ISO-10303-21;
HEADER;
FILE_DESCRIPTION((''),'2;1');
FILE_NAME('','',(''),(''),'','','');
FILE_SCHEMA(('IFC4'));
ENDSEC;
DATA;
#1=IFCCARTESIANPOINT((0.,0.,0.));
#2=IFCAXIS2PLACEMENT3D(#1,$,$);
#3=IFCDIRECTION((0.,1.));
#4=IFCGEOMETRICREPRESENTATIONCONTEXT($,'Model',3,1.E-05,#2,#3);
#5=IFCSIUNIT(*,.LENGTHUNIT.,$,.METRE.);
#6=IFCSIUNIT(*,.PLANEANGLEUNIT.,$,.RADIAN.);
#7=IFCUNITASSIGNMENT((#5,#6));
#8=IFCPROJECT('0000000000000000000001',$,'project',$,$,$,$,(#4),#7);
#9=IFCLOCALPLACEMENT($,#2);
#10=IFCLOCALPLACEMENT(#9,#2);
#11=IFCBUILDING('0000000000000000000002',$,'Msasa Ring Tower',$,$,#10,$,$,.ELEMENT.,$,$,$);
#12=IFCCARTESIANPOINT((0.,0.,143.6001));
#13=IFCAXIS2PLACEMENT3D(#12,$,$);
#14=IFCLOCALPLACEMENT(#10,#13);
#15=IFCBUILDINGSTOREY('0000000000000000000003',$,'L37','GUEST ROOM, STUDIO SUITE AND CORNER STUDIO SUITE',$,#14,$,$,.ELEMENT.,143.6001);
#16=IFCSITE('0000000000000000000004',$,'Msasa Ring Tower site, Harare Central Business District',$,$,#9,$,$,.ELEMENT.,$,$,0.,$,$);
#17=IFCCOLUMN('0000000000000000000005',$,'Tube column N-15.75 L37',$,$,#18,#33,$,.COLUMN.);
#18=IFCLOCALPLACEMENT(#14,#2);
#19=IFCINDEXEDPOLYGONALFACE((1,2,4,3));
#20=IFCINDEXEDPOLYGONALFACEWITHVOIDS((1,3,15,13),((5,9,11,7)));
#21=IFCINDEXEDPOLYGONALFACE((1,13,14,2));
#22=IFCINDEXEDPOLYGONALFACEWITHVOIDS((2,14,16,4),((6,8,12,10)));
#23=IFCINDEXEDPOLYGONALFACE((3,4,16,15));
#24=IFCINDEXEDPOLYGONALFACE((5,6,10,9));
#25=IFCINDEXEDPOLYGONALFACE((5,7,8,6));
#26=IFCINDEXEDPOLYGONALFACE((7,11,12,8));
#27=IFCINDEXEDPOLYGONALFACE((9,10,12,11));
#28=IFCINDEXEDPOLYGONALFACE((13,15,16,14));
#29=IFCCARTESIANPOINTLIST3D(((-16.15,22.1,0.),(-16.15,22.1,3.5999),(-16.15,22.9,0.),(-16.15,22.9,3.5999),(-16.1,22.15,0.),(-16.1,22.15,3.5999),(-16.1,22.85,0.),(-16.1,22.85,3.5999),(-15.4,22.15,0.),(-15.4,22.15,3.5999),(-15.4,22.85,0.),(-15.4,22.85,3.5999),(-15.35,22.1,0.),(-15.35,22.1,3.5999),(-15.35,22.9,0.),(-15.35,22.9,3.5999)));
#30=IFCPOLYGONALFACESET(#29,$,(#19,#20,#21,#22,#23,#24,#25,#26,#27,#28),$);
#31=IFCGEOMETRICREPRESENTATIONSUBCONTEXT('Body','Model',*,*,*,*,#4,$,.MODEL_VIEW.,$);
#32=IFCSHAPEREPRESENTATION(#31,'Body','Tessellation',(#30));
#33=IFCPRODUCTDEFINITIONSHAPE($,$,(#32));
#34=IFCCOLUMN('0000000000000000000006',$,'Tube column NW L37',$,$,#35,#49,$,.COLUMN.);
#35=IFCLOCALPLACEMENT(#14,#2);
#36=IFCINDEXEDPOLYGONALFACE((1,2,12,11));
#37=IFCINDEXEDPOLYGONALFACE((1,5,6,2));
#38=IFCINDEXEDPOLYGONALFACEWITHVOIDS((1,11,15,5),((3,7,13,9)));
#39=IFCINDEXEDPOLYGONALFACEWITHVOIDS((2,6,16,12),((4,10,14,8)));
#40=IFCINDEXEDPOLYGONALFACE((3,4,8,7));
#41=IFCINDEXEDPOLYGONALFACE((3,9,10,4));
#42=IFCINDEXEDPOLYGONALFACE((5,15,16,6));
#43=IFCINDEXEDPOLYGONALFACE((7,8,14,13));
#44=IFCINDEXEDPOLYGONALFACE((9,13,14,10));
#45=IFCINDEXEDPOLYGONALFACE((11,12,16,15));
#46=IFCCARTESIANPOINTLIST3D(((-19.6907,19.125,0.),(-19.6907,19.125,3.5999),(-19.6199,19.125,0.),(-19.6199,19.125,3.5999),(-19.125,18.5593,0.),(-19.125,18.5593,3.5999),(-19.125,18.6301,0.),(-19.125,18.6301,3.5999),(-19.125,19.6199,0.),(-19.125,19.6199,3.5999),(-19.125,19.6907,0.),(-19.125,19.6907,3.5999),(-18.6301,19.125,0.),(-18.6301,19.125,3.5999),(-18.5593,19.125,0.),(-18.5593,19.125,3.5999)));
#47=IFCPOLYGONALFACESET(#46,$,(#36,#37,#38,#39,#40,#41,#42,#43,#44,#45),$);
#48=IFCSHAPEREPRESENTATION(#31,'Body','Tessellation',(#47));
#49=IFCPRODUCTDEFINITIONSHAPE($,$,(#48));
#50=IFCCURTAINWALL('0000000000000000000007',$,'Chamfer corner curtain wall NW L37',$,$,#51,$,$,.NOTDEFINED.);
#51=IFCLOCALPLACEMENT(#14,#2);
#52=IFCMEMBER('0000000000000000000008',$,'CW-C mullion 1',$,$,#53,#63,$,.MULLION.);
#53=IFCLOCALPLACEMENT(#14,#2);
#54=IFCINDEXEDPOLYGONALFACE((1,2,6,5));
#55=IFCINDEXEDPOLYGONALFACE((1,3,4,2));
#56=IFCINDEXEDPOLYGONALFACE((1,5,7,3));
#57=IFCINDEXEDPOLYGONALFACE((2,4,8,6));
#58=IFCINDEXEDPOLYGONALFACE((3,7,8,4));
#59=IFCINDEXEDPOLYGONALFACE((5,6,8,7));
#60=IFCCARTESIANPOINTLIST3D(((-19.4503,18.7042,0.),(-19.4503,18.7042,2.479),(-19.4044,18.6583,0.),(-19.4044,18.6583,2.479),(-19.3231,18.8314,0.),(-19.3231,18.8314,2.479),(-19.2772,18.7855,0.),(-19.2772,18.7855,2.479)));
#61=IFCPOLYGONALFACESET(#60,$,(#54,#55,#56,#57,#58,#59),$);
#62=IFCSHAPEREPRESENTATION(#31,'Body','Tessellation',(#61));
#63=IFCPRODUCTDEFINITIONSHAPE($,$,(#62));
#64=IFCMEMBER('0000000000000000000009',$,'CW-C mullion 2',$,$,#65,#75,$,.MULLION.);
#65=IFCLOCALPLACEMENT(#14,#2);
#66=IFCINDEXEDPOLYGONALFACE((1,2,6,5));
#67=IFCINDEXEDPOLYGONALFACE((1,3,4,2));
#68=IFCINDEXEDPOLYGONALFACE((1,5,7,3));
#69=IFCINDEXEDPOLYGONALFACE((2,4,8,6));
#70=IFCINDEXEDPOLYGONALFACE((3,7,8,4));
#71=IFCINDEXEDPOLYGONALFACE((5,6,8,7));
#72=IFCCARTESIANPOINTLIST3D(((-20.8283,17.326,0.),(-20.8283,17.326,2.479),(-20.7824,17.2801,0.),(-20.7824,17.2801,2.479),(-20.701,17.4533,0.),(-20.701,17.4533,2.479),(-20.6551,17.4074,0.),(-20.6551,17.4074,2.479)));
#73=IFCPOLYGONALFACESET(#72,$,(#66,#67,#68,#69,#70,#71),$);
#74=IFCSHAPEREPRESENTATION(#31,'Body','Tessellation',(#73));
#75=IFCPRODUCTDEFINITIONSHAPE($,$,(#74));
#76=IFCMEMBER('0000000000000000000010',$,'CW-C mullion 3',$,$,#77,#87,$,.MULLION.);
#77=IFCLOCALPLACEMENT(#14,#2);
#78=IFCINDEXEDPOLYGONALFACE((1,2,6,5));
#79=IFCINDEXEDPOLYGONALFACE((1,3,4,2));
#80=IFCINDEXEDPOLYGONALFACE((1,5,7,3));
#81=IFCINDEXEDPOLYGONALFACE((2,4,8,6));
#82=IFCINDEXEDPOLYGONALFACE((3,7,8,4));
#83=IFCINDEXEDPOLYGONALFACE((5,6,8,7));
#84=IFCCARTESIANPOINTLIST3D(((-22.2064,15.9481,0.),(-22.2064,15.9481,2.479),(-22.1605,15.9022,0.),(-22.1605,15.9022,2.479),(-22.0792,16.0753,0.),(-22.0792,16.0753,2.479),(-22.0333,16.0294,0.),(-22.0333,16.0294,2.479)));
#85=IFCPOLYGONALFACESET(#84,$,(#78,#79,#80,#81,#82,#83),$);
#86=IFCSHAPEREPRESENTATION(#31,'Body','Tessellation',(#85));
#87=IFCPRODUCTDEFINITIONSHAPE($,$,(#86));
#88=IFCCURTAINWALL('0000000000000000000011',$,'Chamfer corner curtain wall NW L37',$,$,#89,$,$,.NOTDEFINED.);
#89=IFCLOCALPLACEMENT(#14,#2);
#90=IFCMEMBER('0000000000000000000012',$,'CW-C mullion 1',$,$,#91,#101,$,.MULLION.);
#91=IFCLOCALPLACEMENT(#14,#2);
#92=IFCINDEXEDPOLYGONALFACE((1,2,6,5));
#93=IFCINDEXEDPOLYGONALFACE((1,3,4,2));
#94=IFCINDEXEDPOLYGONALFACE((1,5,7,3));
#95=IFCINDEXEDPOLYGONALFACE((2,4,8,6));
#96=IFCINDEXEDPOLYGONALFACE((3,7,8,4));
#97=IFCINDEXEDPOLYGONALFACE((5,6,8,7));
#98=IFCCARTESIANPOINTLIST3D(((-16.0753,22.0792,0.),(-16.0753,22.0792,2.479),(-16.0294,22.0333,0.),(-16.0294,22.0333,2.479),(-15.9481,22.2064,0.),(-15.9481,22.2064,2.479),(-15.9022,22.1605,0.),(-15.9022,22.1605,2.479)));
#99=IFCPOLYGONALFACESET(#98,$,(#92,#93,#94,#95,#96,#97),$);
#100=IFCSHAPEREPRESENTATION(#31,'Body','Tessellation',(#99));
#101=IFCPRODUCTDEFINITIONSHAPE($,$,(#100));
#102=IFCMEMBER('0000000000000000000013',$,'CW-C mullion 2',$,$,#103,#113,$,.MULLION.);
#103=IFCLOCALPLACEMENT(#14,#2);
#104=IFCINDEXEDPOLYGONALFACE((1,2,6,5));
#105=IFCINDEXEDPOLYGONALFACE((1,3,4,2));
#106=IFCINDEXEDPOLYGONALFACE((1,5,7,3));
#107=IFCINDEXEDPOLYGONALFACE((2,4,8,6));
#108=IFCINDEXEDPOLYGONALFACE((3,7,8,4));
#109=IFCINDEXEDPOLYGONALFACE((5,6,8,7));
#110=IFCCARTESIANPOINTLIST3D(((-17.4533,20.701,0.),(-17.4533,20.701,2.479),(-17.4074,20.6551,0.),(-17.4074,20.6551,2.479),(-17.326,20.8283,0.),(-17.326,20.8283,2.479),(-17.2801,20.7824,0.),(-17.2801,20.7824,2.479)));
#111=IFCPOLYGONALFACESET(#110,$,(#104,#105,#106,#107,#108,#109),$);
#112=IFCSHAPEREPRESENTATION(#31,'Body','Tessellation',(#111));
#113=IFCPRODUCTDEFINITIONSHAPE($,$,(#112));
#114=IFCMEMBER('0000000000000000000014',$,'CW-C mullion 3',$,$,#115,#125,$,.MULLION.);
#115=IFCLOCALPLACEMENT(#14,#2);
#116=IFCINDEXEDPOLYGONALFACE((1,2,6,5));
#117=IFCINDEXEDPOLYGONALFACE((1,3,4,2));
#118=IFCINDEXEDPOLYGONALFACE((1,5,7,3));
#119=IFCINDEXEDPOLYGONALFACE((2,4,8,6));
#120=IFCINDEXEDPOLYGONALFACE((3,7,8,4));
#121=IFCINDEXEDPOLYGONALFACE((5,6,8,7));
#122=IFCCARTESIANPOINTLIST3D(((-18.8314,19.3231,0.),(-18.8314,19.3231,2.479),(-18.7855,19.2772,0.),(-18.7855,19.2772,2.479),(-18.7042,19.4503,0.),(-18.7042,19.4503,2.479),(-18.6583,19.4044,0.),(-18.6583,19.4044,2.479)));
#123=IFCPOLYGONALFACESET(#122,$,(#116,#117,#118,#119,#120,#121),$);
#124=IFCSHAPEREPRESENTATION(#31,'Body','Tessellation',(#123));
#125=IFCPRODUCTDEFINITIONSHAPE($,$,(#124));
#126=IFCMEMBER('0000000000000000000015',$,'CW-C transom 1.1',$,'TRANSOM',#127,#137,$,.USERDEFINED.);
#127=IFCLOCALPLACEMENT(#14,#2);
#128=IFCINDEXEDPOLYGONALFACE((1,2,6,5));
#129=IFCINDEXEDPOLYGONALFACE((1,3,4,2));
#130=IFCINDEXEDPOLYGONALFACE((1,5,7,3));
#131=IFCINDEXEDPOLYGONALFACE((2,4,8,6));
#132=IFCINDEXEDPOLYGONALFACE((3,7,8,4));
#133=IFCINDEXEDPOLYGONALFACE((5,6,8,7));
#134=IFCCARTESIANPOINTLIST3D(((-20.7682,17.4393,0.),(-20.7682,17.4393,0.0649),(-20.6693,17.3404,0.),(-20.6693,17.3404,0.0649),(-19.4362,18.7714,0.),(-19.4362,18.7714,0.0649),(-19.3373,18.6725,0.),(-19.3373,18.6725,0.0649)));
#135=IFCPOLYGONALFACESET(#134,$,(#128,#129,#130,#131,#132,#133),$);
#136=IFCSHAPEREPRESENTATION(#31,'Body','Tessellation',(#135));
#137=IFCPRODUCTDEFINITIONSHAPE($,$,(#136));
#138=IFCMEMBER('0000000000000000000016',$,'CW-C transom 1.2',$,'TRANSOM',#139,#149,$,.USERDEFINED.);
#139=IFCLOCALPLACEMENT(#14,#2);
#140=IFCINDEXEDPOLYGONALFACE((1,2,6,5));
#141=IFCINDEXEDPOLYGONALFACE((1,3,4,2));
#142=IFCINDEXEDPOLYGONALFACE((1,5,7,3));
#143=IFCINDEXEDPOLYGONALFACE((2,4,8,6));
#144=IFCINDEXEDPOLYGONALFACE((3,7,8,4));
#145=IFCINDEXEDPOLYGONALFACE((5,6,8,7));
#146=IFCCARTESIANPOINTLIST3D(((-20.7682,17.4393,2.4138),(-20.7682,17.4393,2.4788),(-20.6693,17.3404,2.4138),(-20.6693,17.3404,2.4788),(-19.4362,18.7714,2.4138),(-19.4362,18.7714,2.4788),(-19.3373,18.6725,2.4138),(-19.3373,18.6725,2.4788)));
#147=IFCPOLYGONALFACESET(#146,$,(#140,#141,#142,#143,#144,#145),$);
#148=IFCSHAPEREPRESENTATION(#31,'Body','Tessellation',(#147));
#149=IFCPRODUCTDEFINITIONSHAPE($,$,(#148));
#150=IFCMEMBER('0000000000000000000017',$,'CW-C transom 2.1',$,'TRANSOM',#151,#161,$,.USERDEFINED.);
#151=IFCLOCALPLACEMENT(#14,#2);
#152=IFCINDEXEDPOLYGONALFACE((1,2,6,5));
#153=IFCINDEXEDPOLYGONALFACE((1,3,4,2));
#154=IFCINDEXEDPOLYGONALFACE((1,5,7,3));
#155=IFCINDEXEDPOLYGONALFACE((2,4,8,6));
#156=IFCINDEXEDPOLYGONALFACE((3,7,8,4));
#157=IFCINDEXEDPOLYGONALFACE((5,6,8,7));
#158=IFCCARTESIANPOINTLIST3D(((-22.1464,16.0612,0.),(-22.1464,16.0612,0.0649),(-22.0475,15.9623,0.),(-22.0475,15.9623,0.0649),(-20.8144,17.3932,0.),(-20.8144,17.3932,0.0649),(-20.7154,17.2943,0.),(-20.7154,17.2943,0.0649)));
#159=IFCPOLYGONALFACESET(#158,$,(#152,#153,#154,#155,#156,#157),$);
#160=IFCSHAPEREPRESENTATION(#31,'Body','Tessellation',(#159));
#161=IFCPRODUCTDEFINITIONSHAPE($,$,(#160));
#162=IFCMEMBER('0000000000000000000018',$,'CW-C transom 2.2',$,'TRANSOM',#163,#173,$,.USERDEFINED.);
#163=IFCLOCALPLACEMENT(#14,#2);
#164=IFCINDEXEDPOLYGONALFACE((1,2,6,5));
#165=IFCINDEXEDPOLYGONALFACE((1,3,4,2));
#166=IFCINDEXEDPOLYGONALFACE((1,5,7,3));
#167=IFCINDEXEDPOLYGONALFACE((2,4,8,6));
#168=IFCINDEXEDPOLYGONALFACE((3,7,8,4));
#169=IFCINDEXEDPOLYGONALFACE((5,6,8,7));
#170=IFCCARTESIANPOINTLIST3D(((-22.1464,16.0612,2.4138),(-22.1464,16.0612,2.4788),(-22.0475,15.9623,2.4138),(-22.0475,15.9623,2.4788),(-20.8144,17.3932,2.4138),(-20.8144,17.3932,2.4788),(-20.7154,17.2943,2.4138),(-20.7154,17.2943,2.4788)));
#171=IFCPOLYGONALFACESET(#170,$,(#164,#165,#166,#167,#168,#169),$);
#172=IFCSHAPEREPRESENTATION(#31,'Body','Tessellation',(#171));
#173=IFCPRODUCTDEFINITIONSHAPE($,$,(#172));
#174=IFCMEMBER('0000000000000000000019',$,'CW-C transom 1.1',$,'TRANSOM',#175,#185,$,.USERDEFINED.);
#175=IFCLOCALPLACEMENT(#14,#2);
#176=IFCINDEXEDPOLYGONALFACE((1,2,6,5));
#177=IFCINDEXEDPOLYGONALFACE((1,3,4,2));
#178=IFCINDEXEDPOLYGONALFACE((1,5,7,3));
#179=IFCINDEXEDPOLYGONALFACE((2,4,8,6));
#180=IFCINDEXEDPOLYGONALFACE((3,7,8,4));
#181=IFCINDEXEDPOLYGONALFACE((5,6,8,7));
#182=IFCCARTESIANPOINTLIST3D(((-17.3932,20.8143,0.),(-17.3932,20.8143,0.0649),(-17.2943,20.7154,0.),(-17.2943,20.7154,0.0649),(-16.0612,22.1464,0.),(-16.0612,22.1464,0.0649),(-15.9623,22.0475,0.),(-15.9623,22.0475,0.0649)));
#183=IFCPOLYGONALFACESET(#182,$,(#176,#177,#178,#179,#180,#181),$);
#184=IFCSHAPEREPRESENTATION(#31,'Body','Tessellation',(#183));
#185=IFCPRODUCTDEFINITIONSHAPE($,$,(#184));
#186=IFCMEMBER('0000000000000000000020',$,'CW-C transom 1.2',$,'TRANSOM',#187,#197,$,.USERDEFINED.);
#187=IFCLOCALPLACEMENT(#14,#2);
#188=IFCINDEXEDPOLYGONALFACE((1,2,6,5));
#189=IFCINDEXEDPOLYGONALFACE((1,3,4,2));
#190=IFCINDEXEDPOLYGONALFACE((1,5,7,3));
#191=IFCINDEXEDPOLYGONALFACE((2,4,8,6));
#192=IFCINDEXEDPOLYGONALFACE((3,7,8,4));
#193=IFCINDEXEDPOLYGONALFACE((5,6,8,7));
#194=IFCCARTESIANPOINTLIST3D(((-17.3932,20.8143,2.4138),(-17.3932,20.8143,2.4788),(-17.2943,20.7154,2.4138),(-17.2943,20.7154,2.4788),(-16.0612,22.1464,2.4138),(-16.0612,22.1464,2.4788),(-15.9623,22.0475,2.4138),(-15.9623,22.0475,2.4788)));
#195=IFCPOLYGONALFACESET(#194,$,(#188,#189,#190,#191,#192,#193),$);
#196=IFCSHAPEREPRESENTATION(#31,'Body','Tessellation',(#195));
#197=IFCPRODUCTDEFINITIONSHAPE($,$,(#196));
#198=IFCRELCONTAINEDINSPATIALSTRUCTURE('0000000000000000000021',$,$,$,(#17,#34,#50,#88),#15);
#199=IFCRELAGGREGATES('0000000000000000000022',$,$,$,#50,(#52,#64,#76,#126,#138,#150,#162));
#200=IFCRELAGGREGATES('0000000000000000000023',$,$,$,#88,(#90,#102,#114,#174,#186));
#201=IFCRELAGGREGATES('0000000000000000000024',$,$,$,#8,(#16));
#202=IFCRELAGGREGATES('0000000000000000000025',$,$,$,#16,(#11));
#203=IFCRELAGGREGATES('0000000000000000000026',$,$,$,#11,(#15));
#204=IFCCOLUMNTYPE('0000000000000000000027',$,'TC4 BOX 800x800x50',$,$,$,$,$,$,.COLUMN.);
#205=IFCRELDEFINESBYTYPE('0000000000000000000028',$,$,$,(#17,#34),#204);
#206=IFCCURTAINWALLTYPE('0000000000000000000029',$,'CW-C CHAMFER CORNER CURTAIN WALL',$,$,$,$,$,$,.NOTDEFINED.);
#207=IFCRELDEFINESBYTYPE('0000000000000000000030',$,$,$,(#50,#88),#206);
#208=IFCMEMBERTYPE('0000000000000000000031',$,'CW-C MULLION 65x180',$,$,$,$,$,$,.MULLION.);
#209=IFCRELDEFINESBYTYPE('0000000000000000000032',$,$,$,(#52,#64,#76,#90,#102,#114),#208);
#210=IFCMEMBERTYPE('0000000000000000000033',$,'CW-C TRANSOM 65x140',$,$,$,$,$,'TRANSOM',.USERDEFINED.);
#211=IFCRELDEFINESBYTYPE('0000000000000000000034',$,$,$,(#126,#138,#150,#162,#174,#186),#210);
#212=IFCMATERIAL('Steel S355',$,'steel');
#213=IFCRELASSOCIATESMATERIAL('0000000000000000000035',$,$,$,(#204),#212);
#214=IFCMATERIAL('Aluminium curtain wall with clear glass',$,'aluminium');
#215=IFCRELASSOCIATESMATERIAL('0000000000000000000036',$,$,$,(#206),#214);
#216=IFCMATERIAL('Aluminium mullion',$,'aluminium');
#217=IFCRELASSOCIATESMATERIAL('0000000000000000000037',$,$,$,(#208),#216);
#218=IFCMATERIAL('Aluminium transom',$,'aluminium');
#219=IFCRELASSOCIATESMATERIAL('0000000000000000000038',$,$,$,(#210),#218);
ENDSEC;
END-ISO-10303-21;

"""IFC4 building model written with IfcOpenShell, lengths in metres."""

from ifc_helpers import new_model, si_unit, direction, frame, origin, origin_2d, place, context, subcontext, project, spatial, rectangle, hollow_rectangle, extrude, material, material_profile, profile_set, type_object, element, aggregate, save


model = new_model("IFC4")

# Units and contexts
model_context = context("Model", 3, precision=1e-05, world=origin(), true_north=direction((0.0, 1.0)))
body_context = subcontext(model_context, "Body", "Model", "MODEL_VIEW")
ifc_project = project(units=[si_unit("LENGTHUNIT", "METRE"), si_unit("PLANEANGLEUNIT", "RADIAN")], contexts=[model_context])

# Site, building, storey
site_placement = place(None, origin())
site = spatial("IfcSite", under=ifc_project, at=site_placement, Name="Msasa Ring Tower site, Harare Central Business District", CompositionType="ELEMENT", RefElevation=0.0)
building_placement = place(site_placement, origin())
building = spatial("IfcBuilding", under=site, at=building_placement, Name="Msasa Ring Tower", CompositionType="ELEMENT")
storey_placement = place(building_placement, frame((0.0, 0.0, 143.6001)))
storey = spatial("IfcBuildingStorey", under=building, at=storey_placement, Name="L37", Description="GUEST ROOM, STUDIO SUITE AND CORNER STUDIO SUITE", CompositionType="ELEMENT", Elevation=143.6001)

# Columns
ifc_material_1 = material(Name="Steel S355", Category="steel")
ifc_material_profile_1 = material_profile(ifc_material_1, hollow_rectangle(XDim=0.8, YDim=0.8, WallThickness=0.05, at=origin_2d()), Name="BOX 800x800x50")
ifc_profile_set_1 = profile_set([ifc_material_profile_1], Name="Steel S355")
column_type = type_object("IfcColumnType", Name="TC4 BOX 800x800x50", PredefinedType="COLUMN", material=ifc_profile_set_1)
for number, where, z_axis, x_axis, name in (
    (1, (-15.75, 22.5, 0.0), (0.0, 0.0, 1.0), (0.0, 1.0, 0.0), "Tube column N-15.75 L37"),
    (2, (-19.125, 19.125, 0.0), (0.0, 0.0, 1.0), (0.707107, -0.707107, 0.0), "Tube column NW L37"),
):
    element("IfcColumn", number, at=place(storey_placement, frame(where, z_axis=z_axis, x_axis=x_axis)), inside=storey, type_object=column_type, Name=name, PredefinedType="COLUMN", context=body_context, shape_type="SweptSolid", body=[
        extrude(hollow_rectangle(XDim=0.8, YDim=0.8, WallThickness=0.05, at=origin_2d()), origin(), (0.0, 0.0, 1.0), 3.5999),
    ])

# Curtain walls, members
ifc_material_2 = material(Name="Aluminium curtain wall with clear glass", Category="aluminium")
curtain_wall_type = type_object("IfcCurtainWallType", Name="CW-C CHAMFER CORNER CURTAIN WALL", PredefinedType="NOTDEFINED", material=ifc_material_2)
curtain_wall_1_placement = place(storey_placement, origin())
curtain_wall_1 = element("IfcCurtainWall", 3, at=curtain_wall_1_placement, inside=storey, type_object=curtain_wall_type, Name="Chamfer corner curtain wall NW L37", PredefinedType="NOTDEFINED")
ifc_material_3 = material(Name="Aluminium mullion", Category="aluminium")
ifc_material_profile_2 = material_profile(ifc_material_3, rectangle(XDim=0.0649, YDim=0.1799, at=origin_2d()), Name="AL 65x180")
ifc_profile_set_2 = profile_set([ifc_material_profile_2], Name="Aluminium mullion")
member_type_1 = type_object("IfcMemberType", Name="CW-C MULLION 65x180", PredefinedType="MULLION", material=ifc_profile_set_2)
member_1_placement = place(storey_placement, frame((-19.3638, 18.7449, 0.0), z_axis=(0.0, 0.0, 1.0), x_axis=(0.707107, -0.707107, 0.0)))
member_1 = element("IfcMember", 4, at=member_1_placement, type_object=member_type_1, Name="CW-C mullion 1", PredefinedType="MULLION", context=body_context, shape_type="SweptSolid", body=[
    extrude(rectangle(XDim=0.0649, YDim=0.1799, at=origin_2d()), origin(), (0.0, 0.0, 1.0), 2.479),
])
member_2_placement = place(storey_placement, frame((-20.7417, 17.3667, 0.0), z_axis=(0.0, 0.0, 1.0), x_axis=(0.707107, -0.707107, 0.0)))
member_2 = element("IfcMember", 5, at=member_2_placement, type_object=member_type_1, Name="CW-C mullion 2", PredefinedType="MULLION", context=body_context, shape_type="SweptSolid", body=[
    extrude(rectangle(XDim=0.0649, YDim=0.1799, at=origin_2d()), origin(), (0.0, 0.0, 1.0), 2.479),
])
member_3_placement = place(storey_placement, frame((-22.1199, 15.9888, 0.0), z_axis=(0.0, 0.0, 1.0), x_axis=(0.707107, -0.707107, 0.0)))
member_3 = element("IfcMember", 6, at=member_3_placement, type_object=member_type_1, Name="CW-C mullion 3", PredefinedType="MULLION", context=body_context, shape_type="SweptSolid", body=[
    extrude(rectangle(XDim=0.0649, YDim=0.1799, at=origin_2d()), origin(), (0.0, 0.0, 1.0), 2.479),
])
curtain_wall_2_placement = place(storey_placement, origin())
curtain_wall_2 = element("IfcCurtainWall", 7, at=curtain_wall_2_placement, inside=storey, type_object=curtain_wall_type, Name="Chamfer corner curtain wall NW L37", PredefinedType="NOTDEFINED")
member_4_placement = place(storey_placement, frame((-15.9888, 22.1199, 0.0), z_axis=(0.0, 0.0, 1.0), x_axis=(0.707107, -0.707107, 0.0)))
member_4 = element("IfcMember", 8, at=member_4_placement, type_object=member_type_1, Name="CW-C mullion 1", PredefinedType="MULLION", context=body_context, shape_type="SweptSolid", body=[
    extrude(rectangle(XDim=0.0649, YDim=0.1799, at=origin_2d()), origin(), (0.0, 0.0, 1.0), 2.479),
])
member_5_placement = place(storey_placement, frame((-17.3667, 20.7417, 0.0), z_axis=(0.0, 0.0, 1.0), x_axis=(0.707107, -0.707107, 0.0)))
member_5 = element("IfcMember", 9, at=member_5_placement, type_object=member_type_1, Name="CW-C mullion 2", PredefinedType="MULLION", context=body_context, shape_type="SweptSolid", body=[
    extrude(rectangle(XDim=0.0649, YDim=0.1799, at=origin_2d()), origin(), (0.0, 0.0, 1.0), 2.479),
])
member_6_placement = place(storey_placement, frame((-18.7449, 19.3638, 0.0), z_axis=(0.0, 0.0, 1.0), x_axis=(0.707107, -0.707107, 0.0)))
member_6 = element("IfcMember", 10, at=member_6_placement, type_object=member_type_1, Name="CW-C mullion 3", PredefinedType="MULLION", context=body_context, shape_type="SweptSolid", body=[
    extrude(rectangle(XDim=0.0649, YDim=0.1799, at=origin_2d()), origin(), (0.0, 0.0, 1.0), 2.479),
])

# Members
ifc_material_4 = material(Name="Aluminium transom", Category="aluminium")
ifc_material_profile_3 = material_profile(ifc_material_4, rectangle(XDim=0.1399, YDim=0.0649, at=origin_2d()), Name="AL 65x140")
ifc_profile_set_3 = profile_set([ifc_material_profile_3], Name="Aluminium transom")
member_type_2 = type_object("IfcMemberType", Name="CW-C TRANSOM 65x140", ElementType="TRANSOM", PredefinedType="USERDEFINED", material=ifc_profile_set_3)
member_7_placement = place(storey_placement, frame((-19.3867, 18.7219, 0.0325), z_axis=(-0.707107, -0.707107, 0.0), x_axis=(0.707107, -0.707107, 0.0)))
member_7 = element("IfcMember", 11, at=member_7_placement, type_object=member_type_2, Name="CW-C transom 1.1", ObjectType="TRANSOM", PredefinedType="USERDEFINED", context=body_context, shape_type="SweptSolid", body=[
    extrude(rectangle(XDim=0.1399, YDim=0.0649, at=origin_2d()), origin(), (0.0, 0.0, 1.0), 1.8838),
])
member_8_placement = place(storey_placement, frame((-19.3867, 18.7219, 2.4463), z_axis=(-0.707107, -0.707107, 0.0), x_axis=(0.707107, -0.707107, 0.0)))
member_8 = element("IfcMember", 12, at=member_8_placement, type_object=member_type_2, Name="CW-C transom 1.2", ObjectType="TRANSOM", PredefinedType="USERDEFINED", context=body_context, shape_type="SweptSolid", body=[
    extrude(rectangle(XDim=0.1399, YDim=0.0649, at=origin_2d()), origin(), (0.0, 0.0, 1.0), 1.8838),
])
member_9_placement = place(storey_placement, frame((-20.7649, 17.3438, 0.0325), z_axis=(-0.707107, -0.707107, 0.0), x_axis=(0.707107, -0.707107, 0.0)))
member_9 = element("IfcMember", 13, at=member_9_placement, type_object=member_type_2, Name="CW-C transom 2.1", ObjectType="TRANSOM", PredefinedType="USERDEFINED", context=body_context, shape_type="SweptSolid", body=[
    extrude(rectangle(XDim=0.1399, YDim=0.0649, at=origin_2d()), origin(), (0.0, 0.0, 1.0), 1.8838),
])
member_10_placement = place(storey_placement, frame((-20.7649, 17.3438, 2.4463), z_axis=(-0.707107, -0.707107, 0.0), x_axis=(0.707107, -0.707107, 0.0)))
member_10 = element("IfcMember", 14, at=member_10_placement, type_object=member_type_2, Name="CW-C transom 2.2", ObjectType="TRANSOM", PredefinedType="USERDEFINED", context=body_context, shape_type="SweptSolid", body=[
    extrude(rectangle(XDim=0.1399, YDim=0.0649, at=origin_2d()), origin(), (0.0, 0.0, 1.0), 1.8838),
])
member_11_placement = place(storey_placement, frame((-16.0117, 22.0969, 0.0325), z_axis=(-0.707107, -0.707107, 0.0), x_axis=(0.707107, -0.707107, 0.0)))
member_11 = element("IfcMember", 15, at=member_11_placement, type_object=member_type_2, Name="CW-C transom 1.1", ObjectType="TRANSOM", PredefinedType="USERDEFINED", context=body_context, shape_type="SweptSolid", body=[
    extrude(rectangle(XDim=0.1399, YDim=0.0649, at=origin_2d()), origin(), (0.0, 0.0, 1.0), 1.8838),
])
member_12_placement = place(storey_placement, frame((-16.0117, 22.0969, 2.4463), z_axis=(-0.707107, -0.707107, 0.0), x_axis=(0.707107, -0.707107, 0.0)))
member_12 = element("IfcMember", 16, at=member_12_placement, type_object=member_type_2, Name="CW-C transom 1.2", ObjectType="TRANSOM", PredefinedType="USERDEFINED", context=body_context, shape_type="SweptSolid", body=[
    extrude(rectangle(XDim=0.1399, YDim=0.0649, at=origin_2d()), origin(), (0.0, 0.0, 1.0), 1.8838),
])

aggregate(curtain_wall_1, [member_1, member_2, member_3, member_7, member_8, member_9, member_10])
aggregate(curtain_wall_2, [member_4, member_5, member_6, member_11, member_12])

save(model, "model.ifc")
